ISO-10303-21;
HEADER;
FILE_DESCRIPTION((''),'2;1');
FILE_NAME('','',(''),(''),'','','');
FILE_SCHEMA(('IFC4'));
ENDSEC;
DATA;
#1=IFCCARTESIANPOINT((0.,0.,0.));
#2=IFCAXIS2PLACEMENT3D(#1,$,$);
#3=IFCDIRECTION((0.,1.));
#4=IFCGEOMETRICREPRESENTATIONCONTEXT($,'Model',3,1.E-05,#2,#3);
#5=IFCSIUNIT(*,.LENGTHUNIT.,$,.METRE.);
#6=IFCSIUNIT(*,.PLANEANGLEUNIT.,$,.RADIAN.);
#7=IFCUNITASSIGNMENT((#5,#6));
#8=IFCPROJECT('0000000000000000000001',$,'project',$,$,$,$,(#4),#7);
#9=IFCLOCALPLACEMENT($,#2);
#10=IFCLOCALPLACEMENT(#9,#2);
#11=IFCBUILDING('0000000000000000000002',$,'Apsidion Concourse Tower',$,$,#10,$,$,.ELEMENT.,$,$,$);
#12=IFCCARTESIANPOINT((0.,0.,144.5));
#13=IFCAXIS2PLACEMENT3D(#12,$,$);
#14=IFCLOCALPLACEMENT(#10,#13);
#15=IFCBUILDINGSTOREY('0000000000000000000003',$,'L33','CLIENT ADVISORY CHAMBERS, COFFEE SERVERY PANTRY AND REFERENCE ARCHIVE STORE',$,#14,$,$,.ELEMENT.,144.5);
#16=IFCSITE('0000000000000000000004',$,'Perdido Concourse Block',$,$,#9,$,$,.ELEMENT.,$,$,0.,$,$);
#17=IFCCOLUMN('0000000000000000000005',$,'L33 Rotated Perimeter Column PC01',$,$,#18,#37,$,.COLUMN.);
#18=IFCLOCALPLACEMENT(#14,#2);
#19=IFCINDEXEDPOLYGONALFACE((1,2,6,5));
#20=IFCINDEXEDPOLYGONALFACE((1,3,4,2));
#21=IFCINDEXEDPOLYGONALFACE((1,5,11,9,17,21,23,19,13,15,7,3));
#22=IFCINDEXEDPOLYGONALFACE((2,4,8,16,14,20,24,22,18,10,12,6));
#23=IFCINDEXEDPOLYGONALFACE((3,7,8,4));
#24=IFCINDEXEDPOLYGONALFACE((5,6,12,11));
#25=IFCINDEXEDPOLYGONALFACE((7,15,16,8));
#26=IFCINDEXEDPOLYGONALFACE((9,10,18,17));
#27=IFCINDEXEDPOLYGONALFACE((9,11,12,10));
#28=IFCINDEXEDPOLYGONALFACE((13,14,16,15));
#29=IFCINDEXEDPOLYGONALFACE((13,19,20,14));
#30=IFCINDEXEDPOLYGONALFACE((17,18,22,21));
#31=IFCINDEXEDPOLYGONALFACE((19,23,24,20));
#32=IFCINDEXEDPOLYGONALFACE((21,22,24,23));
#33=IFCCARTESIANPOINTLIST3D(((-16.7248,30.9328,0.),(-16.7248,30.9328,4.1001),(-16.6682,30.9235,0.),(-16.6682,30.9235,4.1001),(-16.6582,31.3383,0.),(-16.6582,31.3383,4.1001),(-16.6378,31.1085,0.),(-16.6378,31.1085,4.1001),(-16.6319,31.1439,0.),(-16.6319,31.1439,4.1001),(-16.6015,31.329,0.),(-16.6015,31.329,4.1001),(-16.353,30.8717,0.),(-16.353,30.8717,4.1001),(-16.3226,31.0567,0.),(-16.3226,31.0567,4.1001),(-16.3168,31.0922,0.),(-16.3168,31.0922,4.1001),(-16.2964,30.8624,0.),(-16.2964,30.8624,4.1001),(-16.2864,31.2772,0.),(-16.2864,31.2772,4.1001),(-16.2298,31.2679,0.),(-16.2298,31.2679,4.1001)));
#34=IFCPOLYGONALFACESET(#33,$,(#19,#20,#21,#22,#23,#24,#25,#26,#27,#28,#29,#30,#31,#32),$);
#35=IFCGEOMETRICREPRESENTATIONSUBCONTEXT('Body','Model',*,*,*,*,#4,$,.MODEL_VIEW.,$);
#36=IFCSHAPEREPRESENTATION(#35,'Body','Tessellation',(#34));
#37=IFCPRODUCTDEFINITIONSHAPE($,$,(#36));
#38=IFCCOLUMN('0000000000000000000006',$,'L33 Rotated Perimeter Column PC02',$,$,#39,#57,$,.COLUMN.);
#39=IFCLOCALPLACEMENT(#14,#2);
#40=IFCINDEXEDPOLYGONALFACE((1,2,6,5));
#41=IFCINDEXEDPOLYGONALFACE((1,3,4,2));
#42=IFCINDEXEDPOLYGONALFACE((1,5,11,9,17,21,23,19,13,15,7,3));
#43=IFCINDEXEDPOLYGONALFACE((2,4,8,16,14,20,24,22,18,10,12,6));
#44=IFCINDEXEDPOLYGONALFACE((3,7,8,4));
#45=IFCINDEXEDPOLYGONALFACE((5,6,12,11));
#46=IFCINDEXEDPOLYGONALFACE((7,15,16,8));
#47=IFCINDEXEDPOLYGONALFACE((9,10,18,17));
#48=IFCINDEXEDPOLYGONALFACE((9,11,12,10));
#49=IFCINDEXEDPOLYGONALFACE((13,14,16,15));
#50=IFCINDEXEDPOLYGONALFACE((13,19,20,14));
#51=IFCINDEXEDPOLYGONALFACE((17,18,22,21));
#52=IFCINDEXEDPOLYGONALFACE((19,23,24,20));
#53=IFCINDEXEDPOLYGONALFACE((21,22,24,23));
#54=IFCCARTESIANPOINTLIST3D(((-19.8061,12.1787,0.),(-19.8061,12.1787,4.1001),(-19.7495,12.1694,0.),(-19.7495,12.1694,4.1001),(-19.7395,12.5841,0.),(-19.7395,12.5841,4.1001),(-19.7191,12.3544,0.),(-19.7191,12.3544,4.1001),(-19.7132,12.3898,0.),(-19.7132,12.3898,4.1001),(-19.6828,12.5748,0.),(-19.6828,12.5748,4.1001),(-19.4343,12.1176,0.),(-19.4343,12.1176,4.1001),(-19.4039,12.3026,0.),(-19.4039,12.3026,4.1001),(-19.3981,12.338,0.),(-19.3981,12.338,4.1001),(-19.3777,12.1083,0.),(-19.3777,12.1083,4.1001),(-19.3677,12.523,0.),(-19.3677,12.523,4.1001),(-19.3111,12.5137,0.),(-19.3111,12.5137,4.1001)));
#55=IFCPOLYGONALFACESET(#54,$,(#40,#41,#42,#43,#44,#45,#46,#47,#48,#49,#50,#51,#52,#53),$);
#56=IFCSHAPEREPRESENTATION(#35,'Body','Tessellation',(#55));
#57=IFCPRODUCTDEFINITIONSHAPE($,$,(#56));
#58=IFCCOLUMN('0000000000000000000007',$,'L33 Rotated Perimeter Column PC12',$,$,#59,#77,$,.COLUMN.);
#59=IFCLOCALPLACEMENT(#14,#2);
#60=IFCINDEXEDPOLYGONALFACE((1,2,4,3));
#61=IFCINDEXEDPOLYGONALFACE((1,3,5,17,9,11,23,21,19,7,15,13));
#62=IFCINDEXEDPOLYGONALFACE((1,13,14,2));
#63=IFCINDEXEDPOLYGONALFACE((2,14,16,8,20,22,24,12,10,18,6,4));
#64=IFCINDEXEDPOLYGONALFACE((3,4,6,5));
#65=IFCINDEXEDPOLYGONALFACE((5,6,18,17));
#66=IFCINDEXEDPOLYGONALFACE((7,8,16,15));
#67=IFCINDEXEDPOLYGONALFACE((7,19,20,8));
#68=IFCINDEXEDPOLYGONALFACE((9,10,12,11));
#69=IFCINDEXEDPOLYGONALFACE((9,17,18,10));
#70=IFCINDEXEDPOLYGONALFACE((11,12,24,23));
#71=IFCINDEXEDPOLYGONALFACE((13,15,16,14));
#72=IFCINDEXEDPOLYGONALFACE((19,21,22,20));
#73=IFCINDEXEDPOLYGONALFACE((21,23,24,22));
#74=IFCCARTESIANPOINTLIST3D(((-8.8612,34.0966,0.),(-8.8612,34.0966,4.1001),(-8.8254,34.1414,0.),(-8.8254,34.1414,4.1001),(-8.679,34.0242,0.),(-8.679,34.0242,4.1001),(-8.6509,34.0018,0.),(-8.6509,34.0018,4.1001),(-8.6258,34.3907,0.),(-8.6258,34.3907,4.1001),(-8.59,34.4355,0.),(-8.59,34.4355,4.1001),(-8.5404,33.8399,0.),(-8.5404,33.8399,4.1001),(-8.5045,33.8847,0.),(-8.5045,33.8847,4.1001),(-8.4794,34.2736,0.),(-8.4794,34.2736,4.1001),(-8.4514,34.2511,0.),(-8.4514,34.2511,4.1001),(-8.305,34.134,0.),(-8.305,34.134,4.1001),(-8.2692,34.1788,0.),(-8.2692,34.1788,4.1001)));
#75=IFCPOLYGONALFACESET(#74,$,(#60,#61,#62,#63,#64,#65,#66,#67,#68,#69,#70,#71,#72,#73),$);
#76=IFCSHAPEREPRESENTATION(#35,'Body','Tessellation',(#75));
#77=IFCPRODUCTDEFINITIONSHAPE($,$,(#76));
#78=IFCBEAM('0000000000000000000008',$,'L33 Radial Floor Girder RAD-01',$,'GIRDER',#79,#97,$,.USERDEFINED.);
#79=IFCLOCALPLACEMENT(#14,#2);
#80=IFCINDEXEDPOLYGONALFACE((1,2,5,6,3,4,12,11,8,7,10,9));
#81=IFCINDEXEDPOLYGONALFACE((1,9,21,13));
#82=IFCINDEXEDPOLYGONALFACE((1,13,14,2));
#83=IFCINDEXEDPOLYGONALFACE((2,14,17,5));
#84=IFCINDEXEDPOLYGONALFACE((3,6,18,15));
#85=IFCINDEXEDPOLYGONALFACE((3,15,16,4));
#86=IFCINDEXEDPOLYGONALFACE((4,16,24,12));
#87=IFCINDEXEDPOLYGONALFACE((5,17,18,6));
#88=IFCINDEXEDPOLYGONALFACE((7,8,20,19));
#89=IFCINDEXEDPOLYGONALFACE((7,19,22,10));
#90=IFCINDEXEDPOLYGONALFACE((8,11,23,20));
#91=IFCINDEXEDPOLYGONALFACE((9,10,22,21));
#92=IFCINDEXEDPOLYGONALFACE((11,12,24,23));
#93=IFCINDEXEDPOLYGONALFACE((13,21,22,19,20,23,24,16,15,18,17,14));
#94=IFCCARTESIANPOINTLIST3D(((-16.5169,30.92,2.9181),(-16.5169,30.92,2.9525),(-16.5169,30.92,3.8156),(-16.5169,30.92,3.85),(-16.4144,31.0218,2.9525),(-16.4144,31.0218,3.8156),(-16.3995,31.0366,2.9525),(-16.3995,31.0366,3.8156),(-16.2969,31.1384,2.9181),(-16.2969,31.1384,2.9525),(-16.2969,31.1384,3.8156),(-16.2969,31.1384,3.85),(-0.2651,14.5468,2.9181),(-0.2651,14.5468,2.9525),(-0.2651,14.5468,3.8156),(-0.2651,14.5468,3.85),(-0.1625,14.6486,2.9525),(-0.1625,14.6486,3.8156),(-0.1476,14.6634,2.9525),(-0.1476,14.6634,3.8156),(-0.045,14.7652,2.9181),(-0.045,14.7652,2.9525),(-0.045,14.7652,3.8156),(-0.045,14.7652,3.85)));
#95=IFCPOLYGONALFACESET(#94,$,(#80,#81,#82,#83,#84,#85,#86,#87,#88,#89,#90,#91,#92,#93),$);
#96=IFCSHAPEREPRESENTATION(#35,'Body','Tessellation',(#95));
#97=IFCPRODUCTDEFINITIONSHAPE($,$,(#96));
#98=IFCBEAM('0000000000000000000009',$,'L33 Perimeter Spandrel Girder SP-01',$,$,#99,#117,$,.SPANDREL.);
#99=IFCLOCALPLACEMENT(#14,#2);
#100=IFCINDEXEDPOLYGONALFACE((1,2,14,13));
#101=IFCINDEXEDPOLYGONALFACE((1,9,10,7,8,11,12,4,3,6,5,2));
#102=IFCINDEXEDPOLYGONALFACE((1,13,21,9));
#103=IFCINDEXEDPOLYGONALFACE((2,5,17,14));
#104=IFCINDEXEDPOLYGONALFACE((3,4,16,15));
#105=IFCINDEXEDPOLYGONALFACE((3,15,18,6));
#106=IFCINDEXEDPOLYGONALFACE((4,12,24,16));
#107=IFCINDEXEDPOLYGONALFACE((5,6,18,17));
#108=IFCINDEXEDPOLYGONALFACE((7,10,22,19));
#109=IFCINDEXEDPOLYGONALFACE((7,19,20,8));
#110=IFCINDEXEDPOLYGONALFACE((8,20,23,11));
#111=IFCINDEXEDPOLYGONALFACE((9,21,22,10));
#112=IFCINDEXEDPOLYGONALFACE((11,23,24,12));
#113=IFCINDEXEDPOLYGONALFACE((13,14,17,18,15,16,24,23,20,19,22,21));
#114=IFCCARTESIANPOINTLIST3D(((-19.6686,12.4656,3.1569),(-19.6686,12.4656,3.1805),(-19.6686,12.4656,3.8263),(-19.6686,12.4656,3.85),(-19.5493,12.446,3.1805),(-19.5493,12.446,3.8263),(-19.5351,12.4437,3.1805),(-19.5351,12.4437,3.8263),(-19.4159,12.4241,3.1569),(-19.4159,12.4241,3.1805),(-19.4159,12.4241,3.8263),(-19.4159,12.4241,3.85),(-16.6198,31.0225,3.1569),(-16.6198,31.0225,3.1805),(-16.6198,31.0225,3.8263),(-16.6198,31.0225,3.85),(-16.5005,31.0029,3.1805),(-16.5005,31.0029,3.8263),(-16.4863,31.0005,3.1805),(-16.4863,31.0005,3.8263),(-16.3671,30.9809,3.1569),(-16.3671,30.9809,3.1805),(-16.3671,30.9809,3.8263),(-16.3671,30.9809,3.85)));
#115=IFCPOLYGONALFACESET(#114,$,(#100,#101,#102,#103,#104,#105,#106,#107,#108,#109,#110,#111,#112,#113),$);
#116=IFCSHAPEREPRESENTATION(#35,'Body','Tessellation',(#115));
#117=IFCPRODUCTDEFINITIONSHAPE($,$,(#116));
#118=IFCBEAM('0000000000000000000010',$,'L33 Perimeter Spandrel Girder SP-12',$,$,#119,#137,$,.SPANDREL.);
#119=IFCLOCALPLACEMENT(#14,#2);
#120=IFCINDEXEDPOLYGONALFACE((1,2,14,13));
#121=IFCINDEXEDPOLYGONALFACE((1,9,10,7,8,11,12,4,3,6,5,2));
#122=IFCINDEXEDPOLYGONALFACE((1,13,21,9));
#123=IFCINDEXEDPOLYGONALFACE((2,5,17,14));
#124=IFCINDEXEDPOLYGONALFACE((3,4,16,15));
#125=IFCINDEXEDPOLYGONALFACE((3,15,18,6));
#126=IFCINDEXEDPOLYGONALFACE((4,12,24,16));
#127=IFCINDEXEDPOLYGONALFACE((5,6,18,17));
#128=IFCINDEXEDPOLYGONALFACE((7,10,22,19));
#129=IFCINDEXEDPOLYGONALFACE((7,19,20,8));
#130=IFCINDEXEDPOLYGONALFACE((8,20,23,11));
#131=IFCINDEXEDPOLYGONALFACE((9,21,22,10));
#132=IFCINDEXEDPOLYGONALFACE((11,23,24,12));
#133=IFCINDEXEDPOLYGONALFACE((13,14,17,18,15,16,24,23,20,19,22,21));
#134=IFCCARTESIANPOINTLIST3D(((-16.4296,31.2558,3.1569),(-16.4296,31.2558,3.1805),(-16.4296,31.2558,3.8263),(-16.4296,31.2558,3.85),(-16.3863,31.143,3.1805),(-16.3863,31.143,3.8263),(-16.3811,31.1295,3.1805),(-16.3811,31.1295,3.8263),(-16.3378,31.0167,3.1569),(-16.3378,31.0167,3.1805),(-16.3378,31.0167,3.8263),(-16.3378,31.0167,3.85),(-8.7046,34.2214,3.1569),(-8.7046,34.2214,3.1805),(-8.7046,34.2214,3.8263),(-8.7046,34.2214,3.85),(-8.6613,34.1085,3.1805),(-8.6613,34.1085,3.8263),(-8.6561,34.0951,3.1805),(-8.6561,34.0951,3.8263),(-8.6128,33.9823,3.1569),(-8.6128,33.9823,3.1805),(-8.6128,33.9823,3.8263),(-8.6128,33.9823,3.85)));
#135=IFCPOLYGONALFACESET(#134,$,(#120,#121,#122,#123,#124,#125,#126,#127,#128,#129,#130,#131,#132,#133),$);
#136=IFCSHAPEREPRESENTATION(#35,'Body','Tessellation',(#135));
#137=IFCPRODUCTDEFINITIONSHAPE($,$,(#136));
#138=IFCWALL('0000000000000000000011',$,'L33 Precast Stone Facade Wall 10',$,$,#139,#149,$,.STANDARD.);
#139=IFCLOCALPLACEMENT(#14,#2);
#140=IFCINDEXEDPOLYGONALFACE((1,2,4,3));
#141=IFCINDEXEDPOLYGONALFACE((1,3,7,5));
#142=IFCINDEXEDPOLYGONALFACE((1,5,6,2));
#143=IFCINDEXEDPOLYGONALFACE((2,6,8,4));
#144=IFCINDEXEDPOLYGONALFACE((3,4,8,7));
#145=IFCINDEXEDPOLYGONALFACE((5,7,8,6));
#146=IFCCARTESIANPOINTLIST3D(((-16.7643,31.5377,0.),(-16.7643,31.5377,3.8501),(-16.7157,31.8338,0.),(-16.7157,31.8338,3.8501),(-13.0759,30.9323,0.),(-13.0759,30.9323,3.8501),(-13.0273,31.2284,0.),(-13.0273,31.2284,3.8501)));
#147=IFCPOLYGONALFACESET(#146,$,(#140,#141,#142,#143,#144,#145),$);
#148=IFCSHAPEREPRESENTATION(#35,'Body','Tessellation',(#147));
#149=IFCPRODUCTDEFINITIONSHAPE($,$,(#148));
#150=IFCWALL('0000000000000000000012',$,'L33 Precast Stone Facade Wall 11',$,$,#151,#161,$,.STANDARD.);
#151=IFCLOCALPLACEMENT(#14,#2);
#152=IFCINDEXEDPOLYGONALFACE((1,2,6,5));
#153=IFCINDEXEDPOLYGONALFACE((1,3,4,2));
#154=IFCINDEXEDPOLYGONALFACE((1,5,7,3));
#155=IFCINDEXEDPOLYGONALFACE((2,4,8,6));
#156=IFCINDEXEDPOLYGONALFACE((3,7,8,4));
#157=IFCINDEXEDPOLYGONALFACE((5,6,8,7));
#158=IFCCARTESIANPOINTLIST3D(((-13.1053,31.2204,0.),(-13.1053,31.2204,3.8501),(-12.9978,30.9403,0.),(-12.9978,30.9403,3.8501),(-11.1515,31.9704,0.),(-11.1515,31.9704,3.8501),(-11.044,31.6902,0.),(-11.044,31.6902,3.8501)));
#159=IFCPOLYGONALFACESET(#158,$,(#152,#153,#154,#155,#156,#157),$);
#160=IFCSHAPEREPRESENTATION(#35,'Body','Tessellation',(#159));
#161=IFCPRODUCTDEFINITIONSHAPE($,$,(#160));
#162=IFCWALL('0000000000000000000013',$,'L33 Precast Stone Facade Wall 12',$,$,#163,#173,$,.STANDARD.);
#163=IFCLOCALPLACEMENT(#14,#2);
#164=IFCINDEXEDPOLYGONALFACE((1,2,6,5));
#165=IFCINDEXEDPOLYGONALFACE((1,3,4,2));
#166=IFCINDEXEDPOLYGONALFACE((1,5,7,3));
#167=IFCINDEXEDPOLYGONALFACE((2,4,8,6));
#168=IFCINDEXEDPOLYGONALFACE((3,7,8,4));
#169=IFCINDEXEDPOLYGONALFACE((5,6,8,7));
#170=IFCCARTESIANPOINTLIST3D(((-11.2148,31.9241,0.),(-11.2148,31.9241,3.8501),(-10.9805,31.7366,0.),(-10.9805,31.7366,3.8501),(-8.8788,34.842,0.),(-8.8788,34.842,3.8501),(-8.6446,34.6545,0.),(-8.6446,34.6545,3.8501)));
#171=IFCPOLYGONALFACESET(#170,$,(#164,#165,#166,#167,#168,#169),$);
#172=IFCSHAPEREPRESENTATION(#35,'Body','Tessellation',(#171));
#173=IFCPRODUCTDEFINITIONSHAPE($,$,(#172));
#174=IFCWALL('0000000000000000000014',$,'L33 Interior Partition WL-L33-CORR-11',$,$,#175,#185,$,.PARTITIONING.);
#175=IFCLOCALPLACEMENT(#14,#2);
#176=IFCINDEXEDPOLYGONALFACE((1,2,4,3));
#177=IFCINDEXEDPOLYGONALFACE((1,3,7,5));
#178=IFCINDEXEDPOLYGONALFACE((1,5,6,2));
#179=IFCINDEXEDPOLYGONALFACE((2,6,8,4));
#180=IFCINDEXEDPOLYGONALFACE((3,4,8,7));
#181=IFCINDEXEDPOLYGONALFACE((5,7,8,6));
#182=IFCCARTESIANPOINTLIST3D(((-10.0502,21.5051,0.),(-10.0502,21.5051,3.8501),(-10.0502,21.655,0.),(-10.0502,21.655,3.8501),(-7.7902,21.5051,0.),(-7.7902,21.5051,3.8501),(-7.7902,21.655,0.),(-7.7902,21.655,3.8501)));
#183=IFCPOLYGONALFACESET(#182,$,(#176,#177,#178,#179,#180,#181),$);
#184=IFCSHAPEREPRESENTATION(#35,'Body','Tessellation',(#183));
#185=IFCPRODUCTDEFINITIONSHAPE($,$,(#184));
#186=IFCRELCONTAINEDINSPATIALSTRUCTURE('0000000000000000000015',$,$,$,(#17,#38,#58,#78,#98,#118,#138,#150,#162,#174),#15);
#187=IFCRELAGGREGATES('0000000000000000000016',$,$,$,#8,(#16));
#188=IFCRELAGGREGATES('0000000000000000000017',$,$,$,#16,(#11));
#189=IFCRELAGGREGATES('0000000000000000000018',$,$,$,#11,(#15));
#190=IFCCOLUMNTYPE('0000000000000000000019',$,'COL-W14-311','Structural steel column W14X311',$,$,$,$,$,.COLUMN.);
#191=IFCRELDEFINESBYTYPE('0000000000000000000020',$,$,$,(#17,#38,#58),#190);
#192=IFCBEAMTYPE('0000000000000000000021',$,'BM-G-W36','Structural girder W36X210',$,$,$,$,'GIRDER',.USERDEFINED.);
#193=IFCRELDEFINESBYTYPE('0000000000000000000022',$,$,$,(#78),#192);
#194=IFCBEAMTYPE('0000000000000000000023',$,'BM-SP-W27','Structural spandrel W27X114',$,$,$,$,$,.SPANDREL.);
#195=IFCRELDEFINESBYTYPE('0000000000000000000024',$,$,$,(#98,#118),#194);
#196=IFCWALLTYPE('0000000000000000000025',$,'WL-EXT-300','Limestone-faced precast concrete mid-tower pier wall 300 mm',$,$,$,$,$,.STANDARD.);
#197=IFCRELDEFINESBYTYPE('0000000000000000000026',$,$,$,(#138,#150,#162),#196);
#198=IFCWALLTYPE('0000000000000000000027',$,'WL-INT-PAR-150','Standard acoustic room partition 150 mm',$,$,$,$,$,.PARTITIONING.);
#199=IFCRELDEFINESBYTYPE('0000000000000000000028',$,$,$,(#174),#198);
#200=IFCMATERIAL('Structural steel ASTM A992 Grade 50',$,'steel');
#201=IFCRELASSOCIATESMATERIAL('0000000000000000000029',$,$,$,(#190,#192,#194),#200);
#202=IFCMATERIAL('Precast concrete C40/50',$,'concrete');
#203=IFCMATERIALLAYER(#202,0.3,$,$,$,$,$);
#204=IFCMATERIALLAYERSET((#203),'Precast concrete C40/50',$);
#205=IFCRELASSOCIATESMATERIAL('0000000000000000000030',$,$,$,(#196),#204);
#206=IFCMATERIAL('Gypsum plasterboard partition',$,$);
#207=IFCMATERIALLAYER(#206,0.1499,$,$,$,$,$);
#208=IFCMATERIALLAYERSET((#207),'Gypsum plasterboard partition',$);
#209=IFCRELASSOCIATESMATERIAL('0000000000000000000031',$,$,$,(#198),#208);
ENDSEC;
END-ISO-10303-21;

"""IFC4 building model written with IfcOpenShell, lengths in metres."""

from ifc_helpers import new_model, si_unit, direction, frame, frame_2d, origin, origin_2d, place, context, subcontext, project, spatial, rectangle, i_section, extrude, material, layer, layer_set, material_profile, profile_set, type_object, element, save


model = new_model("IFC4")

# Units and contexts
model_context = context("Model", 3, precision=1e-05, world=origin(), true_north=direction((0.0, 1.0)))
body_context = subcontext(model_context, "Body", "Model", "MODEL_VIEW")
ifc_project = project(units=[si_unit("LENGTHUNIT", "METRE"), si_unit("PLANEANGLEUNIT", "RADIAN")], contexts=[model_context])

# Site, building, storey
site_placement = place(None, origin())
site = spatial("IfcSite", under=ifc_project, at=site_placement, Name="Perdido Concourse Block", CompositionType="ELEMENT", RefElevation=0.0)
building_placement = place(site_placement, origin())
building = spatial("IfcBuilding", under=site, at=building_placement, Name="Apsidion Concourse Tower", CompositionType="ELEMENT")
storey_placement = place(building_placement, frame((0.0, 0.0, 144.5)))
storey = spatial("IfcBuildingStorey", under=building, at=storey_placement, Name="L33", Description="CLIENT ADVISORY CHAMBERS, COFFEE SERVERY PANTRY AND REFERENCE ARCHIVE STORE", CompositionType="ELEMENT", Elevation=144.5)

# Columns
ifc_material_1 = material(Name="Structural steel ASTM A992 Grade 50", Category="steel")
ifc_material_profile_1 = material_profile(ifc_material_1, i_section(OverallWidth=0.4109, OverallDepth=0.4341, WebThickness=0.0359, FlangeThickness=0.0574, at=origin_2d()), Name="W14X311")
ifc_profile_set_1 = profile_set([ifc_material_profile_1], Name="Structural steel ASTM A992 Grade 50")
column_type = type_object("IfcColumnType", Name="COL-W14-311", Description="Structural steel column W14X311", PredefinedType="COLUMN", material=ifc_profile_set_1)
for number, where, z_axis, x_axis, name in (
    (1, (-16.4773, 31.1003, 0.0), (0.0, 0.0, 1.0), (0.162121, 0.986771, 0.0), "L33 Rotated Perimeter Column PC01"),
    (2, (-19.5586, 12.3462, 0.0), (0.0, 0.0, 1.0), (0.162121, 0.986771, 0.0), "L33 Rotated Perimeter Column PC02"),
    (3, (-8.5652, 34.1377, 0.0), (0.0, 0.0, 1.0), (-0.780758, 0.624834, 0.0), "L33 Rotated Perimeter Column PC12"),
):
    element("IfcColumn", number, at=place(storey_placement, frame(where, z_axis=z_axis, x_axis=x_axis)), inside=storey, type_object=column_type, Name=name, PredefinedType="COLUMN", context=body_context, shape_type="SweptSolid", body=[
        extrude(i_section(OverallWidth=0.4109, OverallDepth=0.4341, WebThickness=0.0359, FlangeThickness=0.0574, at=origin_2d()), origin(), (0.0, 0.0, 1.0), 4.1001),
    ])

# Beams
ifc_material_profile_2 = material_profile(ifc_material_1, i_section(OverallWidth=0.3101, OverallDepth=0.9319, WebThickness=0.021, FlangeThickness=0.0344, at=origin_2d()), Name="W36X210")
ifc_profile_set_2 = profile_set([ifc_material_profile_2], Name="Structural steel ASTM A992 Grade 50")
beam_type_1 = type_object("IfcBeamType", Name="BM-G-W36", Description="Structural girder W36X210", ElementType="GIRDER", PredefinedType="USERDEFINED", material=ifc_profile_set_2)
beam_1_placement = place(storey_placement, frame((-0.155, 14.656, 3.384), z_axis=(-0.704472, 0.709732, 0.0), x_axis=(-0.709732, -0.704472, 0.0)))
element("IfcBeam", 4, at=beam_1_placement, inside=storey, type_object=beam_type_1, Name="L33 Radial Floor Girder RAD-01", ObjectType="GIRDER", PredefinedType="USERDEFINED", context=body_context, shape_type="SweptSolid", body=[
    extrude(i_section(OverallWidth=0.3101, OverallDepth=0.9319, WebThickness=0.021, FlangeThickness=0.0344, at=origin_2d()), origin(), (0.0, 0.0, 1.0), 23.0696),
])
ifc_material_profile_3 = material_profile(ifc_material_1, i_section(OverallWidth=0.2561, OverallDepth=0.6931, WebThickness=0.0144, FlangeThickness=0.0237, at=origin_2d()), Name="W27X114")
ifc_profile_set_3 = profile_set([ifc_material_profile_3], Name="Structural steel ASTM A992 Grade 50")
beam_type_2 = type_object("IfcBeamType", Name="BM-SP-W27", Description="Structural spandrel W27X114", PredefinedType="SPANDREL", material=ifc_profile_set_3)
beam_2_placement = place(storey_placement, frame((-16.4934, 31.0017, 3.5034), z_axis=(-0.162123, -0.986771, 0.0), x_axis=(0.986771, -0.162123, 0.0)))
element("IfcBeam", 5, at=beam_2_placement, inside=storey, type_object=beam_type_2, Name="L33 Perimeter Spandrel Girder SP-01", PredefinedType="SPANDREL", context=body_context, shape_type="SweptSolid", body=[
    extrude(i_section(OverallWidth=0.2561, OverallDepth=0.6931, WebThickness=0.0144, FlangeThickness=0.0237, at=origin_2d()), origin(), (0.0, 0.0, 1.0), 18.8057),
])
beam_3_placement = place(storey_placement, frame((-8.6587, 34.1018, 3.5034), z_axis=(-0.933573, -0.358388, 0.0), x_axis=(0.358388, -0.933573, 0.0)))
element("IfcBeam", 6, at=beam_3_placement, inside=storey, type_object=beam_type_2, Name="L33 Perimeter Spandrel Girder SP-12", PredefinedType="SPANDREL", context=body_context, shape_type="SweptSolid", body=[
    extrude(i_section(OverallWidth=0.2561, OverallDepth=0.6931, WebThickness=0.0144, FlangeThickness=0.0237, at=origin_2d()), origin(), (0.0, 0.0, 1.0), 8.2747),
])

# Shared definitions
ifc_material_2 = material(Name="Precast concrete C40/50", Category="concrete")
ifc_layer_1 = layer(ifc_material_2, 0.3)
ifc_layer_set_1 = layer_set([ifc_layer_1], Name="Precast concrete C40/50")
wall_type_1 = type_object("IfcWallType", Name="WL-EXT-300", Description="Limestone-faced precast concrete mid-tower pier wall 300 mm", PredefinedType="STANDARD", material=ifc_layer_set_1)

# Walls
wall_1_placement = place(storey_placement, frame((-16.74, 31.6858, 0.0), z_axis=(0.0, 0.0, 1.0), x_axis=(0.986793, -0.161984, 0.0)))
element("IfcWall", 7, at=wall_1_placement, inside=storey, type_object=wall_type_1, Name="L33 Precast Stone Facade Wall 10", PredefinedType="STANDARD", context=body_context, shape_type="SweptSolid", body=[
    extrude(rectangle(XDim=3.7378, YDim=0.3, at=frame_2d((1.8689, 0.0))), origin(), (0.0, 0.0, 1.0), 3.8501),
])
wall_2_placement = place(storey_placement, frame((-13.0515, 31.0803, 0.0), z_axis=(0.0, 0.0, 1.0), x_axis=(0.933583, 0.358361, 0.0)))
element("IfcWall", 8, at=wall_2_placement, inside=storey, type_object=wall_type_1, Name="L33 Precast Stone Facade Wall 11", PredefinedType="STANDARD", context=body_context, shape_type="SweptSolid", body=[
    extrude(rectangle(XDim=2.0928, YDim=0.3, at=frame_2d((1.0464, 0.0))), origin(), (0.0, 0.0, 1.0), 3.8501),
])
wall_3_placement = place(storey_placement, frame((-11.0977, 31.8303, 0.0), z_axis=(0.0, 0.0, 1.0), x_axis=(0.62495, 0.780665, 0.0)))
element("IfcWall", 9, at=wall_3_placement, inside=storey, type_object=wall_type_1, Name="L33 Precast Stone Facade Wall 12", PredefinedType="STANDARD", context=body_context, shape_type="SweptSolid", body=[
    extrude(rectangle(XDim=3.7378, YDim=0.3, at=frame_2d((1.8689, 0.0))), origin(), (0.0, 0.0, 1.0), 3.8501),
])
ifc_material_3 = material(Name="Gypsum plasterboard partition")
ifc_layer_2 = layer(ifc_material_3, 0.1499)
ifc_layer_set_2 = layer_set([ifc_layer_2], Name="Gypsum plasterboard partition")
wall_type_2 = type_object("IfcWallType", Name="WL-INT-PAR-150", Description="Standard acoustic room partition 150 mm", PredefinedType="PARTITIONING", material=ifc_layer_set_2)
wall_4_placement = place(storey_placement, frame((-10.05, 21.5801, 0.0), z_axis=(0.0, 0.0, 1.0), x_axis=(1.0, 0.0, 0.0)))
element("IfcWall", 10, at=wall_4_placement, inside=storey, type_object=wall_type_2, Name="L33 Interior Partition WL-L33-CORR-11", PredefinedType="PARTITIONING", context=body_context, shape_type="SweptSolid", body=[
    extrude(rectangle(XDim=2.26, YDim=0.1499, at=frame_2d((1.1299, 0.0))), origin(), (0.0, 0.0, 1.0), 3.8501),
])

save(model, "model.ifc")
